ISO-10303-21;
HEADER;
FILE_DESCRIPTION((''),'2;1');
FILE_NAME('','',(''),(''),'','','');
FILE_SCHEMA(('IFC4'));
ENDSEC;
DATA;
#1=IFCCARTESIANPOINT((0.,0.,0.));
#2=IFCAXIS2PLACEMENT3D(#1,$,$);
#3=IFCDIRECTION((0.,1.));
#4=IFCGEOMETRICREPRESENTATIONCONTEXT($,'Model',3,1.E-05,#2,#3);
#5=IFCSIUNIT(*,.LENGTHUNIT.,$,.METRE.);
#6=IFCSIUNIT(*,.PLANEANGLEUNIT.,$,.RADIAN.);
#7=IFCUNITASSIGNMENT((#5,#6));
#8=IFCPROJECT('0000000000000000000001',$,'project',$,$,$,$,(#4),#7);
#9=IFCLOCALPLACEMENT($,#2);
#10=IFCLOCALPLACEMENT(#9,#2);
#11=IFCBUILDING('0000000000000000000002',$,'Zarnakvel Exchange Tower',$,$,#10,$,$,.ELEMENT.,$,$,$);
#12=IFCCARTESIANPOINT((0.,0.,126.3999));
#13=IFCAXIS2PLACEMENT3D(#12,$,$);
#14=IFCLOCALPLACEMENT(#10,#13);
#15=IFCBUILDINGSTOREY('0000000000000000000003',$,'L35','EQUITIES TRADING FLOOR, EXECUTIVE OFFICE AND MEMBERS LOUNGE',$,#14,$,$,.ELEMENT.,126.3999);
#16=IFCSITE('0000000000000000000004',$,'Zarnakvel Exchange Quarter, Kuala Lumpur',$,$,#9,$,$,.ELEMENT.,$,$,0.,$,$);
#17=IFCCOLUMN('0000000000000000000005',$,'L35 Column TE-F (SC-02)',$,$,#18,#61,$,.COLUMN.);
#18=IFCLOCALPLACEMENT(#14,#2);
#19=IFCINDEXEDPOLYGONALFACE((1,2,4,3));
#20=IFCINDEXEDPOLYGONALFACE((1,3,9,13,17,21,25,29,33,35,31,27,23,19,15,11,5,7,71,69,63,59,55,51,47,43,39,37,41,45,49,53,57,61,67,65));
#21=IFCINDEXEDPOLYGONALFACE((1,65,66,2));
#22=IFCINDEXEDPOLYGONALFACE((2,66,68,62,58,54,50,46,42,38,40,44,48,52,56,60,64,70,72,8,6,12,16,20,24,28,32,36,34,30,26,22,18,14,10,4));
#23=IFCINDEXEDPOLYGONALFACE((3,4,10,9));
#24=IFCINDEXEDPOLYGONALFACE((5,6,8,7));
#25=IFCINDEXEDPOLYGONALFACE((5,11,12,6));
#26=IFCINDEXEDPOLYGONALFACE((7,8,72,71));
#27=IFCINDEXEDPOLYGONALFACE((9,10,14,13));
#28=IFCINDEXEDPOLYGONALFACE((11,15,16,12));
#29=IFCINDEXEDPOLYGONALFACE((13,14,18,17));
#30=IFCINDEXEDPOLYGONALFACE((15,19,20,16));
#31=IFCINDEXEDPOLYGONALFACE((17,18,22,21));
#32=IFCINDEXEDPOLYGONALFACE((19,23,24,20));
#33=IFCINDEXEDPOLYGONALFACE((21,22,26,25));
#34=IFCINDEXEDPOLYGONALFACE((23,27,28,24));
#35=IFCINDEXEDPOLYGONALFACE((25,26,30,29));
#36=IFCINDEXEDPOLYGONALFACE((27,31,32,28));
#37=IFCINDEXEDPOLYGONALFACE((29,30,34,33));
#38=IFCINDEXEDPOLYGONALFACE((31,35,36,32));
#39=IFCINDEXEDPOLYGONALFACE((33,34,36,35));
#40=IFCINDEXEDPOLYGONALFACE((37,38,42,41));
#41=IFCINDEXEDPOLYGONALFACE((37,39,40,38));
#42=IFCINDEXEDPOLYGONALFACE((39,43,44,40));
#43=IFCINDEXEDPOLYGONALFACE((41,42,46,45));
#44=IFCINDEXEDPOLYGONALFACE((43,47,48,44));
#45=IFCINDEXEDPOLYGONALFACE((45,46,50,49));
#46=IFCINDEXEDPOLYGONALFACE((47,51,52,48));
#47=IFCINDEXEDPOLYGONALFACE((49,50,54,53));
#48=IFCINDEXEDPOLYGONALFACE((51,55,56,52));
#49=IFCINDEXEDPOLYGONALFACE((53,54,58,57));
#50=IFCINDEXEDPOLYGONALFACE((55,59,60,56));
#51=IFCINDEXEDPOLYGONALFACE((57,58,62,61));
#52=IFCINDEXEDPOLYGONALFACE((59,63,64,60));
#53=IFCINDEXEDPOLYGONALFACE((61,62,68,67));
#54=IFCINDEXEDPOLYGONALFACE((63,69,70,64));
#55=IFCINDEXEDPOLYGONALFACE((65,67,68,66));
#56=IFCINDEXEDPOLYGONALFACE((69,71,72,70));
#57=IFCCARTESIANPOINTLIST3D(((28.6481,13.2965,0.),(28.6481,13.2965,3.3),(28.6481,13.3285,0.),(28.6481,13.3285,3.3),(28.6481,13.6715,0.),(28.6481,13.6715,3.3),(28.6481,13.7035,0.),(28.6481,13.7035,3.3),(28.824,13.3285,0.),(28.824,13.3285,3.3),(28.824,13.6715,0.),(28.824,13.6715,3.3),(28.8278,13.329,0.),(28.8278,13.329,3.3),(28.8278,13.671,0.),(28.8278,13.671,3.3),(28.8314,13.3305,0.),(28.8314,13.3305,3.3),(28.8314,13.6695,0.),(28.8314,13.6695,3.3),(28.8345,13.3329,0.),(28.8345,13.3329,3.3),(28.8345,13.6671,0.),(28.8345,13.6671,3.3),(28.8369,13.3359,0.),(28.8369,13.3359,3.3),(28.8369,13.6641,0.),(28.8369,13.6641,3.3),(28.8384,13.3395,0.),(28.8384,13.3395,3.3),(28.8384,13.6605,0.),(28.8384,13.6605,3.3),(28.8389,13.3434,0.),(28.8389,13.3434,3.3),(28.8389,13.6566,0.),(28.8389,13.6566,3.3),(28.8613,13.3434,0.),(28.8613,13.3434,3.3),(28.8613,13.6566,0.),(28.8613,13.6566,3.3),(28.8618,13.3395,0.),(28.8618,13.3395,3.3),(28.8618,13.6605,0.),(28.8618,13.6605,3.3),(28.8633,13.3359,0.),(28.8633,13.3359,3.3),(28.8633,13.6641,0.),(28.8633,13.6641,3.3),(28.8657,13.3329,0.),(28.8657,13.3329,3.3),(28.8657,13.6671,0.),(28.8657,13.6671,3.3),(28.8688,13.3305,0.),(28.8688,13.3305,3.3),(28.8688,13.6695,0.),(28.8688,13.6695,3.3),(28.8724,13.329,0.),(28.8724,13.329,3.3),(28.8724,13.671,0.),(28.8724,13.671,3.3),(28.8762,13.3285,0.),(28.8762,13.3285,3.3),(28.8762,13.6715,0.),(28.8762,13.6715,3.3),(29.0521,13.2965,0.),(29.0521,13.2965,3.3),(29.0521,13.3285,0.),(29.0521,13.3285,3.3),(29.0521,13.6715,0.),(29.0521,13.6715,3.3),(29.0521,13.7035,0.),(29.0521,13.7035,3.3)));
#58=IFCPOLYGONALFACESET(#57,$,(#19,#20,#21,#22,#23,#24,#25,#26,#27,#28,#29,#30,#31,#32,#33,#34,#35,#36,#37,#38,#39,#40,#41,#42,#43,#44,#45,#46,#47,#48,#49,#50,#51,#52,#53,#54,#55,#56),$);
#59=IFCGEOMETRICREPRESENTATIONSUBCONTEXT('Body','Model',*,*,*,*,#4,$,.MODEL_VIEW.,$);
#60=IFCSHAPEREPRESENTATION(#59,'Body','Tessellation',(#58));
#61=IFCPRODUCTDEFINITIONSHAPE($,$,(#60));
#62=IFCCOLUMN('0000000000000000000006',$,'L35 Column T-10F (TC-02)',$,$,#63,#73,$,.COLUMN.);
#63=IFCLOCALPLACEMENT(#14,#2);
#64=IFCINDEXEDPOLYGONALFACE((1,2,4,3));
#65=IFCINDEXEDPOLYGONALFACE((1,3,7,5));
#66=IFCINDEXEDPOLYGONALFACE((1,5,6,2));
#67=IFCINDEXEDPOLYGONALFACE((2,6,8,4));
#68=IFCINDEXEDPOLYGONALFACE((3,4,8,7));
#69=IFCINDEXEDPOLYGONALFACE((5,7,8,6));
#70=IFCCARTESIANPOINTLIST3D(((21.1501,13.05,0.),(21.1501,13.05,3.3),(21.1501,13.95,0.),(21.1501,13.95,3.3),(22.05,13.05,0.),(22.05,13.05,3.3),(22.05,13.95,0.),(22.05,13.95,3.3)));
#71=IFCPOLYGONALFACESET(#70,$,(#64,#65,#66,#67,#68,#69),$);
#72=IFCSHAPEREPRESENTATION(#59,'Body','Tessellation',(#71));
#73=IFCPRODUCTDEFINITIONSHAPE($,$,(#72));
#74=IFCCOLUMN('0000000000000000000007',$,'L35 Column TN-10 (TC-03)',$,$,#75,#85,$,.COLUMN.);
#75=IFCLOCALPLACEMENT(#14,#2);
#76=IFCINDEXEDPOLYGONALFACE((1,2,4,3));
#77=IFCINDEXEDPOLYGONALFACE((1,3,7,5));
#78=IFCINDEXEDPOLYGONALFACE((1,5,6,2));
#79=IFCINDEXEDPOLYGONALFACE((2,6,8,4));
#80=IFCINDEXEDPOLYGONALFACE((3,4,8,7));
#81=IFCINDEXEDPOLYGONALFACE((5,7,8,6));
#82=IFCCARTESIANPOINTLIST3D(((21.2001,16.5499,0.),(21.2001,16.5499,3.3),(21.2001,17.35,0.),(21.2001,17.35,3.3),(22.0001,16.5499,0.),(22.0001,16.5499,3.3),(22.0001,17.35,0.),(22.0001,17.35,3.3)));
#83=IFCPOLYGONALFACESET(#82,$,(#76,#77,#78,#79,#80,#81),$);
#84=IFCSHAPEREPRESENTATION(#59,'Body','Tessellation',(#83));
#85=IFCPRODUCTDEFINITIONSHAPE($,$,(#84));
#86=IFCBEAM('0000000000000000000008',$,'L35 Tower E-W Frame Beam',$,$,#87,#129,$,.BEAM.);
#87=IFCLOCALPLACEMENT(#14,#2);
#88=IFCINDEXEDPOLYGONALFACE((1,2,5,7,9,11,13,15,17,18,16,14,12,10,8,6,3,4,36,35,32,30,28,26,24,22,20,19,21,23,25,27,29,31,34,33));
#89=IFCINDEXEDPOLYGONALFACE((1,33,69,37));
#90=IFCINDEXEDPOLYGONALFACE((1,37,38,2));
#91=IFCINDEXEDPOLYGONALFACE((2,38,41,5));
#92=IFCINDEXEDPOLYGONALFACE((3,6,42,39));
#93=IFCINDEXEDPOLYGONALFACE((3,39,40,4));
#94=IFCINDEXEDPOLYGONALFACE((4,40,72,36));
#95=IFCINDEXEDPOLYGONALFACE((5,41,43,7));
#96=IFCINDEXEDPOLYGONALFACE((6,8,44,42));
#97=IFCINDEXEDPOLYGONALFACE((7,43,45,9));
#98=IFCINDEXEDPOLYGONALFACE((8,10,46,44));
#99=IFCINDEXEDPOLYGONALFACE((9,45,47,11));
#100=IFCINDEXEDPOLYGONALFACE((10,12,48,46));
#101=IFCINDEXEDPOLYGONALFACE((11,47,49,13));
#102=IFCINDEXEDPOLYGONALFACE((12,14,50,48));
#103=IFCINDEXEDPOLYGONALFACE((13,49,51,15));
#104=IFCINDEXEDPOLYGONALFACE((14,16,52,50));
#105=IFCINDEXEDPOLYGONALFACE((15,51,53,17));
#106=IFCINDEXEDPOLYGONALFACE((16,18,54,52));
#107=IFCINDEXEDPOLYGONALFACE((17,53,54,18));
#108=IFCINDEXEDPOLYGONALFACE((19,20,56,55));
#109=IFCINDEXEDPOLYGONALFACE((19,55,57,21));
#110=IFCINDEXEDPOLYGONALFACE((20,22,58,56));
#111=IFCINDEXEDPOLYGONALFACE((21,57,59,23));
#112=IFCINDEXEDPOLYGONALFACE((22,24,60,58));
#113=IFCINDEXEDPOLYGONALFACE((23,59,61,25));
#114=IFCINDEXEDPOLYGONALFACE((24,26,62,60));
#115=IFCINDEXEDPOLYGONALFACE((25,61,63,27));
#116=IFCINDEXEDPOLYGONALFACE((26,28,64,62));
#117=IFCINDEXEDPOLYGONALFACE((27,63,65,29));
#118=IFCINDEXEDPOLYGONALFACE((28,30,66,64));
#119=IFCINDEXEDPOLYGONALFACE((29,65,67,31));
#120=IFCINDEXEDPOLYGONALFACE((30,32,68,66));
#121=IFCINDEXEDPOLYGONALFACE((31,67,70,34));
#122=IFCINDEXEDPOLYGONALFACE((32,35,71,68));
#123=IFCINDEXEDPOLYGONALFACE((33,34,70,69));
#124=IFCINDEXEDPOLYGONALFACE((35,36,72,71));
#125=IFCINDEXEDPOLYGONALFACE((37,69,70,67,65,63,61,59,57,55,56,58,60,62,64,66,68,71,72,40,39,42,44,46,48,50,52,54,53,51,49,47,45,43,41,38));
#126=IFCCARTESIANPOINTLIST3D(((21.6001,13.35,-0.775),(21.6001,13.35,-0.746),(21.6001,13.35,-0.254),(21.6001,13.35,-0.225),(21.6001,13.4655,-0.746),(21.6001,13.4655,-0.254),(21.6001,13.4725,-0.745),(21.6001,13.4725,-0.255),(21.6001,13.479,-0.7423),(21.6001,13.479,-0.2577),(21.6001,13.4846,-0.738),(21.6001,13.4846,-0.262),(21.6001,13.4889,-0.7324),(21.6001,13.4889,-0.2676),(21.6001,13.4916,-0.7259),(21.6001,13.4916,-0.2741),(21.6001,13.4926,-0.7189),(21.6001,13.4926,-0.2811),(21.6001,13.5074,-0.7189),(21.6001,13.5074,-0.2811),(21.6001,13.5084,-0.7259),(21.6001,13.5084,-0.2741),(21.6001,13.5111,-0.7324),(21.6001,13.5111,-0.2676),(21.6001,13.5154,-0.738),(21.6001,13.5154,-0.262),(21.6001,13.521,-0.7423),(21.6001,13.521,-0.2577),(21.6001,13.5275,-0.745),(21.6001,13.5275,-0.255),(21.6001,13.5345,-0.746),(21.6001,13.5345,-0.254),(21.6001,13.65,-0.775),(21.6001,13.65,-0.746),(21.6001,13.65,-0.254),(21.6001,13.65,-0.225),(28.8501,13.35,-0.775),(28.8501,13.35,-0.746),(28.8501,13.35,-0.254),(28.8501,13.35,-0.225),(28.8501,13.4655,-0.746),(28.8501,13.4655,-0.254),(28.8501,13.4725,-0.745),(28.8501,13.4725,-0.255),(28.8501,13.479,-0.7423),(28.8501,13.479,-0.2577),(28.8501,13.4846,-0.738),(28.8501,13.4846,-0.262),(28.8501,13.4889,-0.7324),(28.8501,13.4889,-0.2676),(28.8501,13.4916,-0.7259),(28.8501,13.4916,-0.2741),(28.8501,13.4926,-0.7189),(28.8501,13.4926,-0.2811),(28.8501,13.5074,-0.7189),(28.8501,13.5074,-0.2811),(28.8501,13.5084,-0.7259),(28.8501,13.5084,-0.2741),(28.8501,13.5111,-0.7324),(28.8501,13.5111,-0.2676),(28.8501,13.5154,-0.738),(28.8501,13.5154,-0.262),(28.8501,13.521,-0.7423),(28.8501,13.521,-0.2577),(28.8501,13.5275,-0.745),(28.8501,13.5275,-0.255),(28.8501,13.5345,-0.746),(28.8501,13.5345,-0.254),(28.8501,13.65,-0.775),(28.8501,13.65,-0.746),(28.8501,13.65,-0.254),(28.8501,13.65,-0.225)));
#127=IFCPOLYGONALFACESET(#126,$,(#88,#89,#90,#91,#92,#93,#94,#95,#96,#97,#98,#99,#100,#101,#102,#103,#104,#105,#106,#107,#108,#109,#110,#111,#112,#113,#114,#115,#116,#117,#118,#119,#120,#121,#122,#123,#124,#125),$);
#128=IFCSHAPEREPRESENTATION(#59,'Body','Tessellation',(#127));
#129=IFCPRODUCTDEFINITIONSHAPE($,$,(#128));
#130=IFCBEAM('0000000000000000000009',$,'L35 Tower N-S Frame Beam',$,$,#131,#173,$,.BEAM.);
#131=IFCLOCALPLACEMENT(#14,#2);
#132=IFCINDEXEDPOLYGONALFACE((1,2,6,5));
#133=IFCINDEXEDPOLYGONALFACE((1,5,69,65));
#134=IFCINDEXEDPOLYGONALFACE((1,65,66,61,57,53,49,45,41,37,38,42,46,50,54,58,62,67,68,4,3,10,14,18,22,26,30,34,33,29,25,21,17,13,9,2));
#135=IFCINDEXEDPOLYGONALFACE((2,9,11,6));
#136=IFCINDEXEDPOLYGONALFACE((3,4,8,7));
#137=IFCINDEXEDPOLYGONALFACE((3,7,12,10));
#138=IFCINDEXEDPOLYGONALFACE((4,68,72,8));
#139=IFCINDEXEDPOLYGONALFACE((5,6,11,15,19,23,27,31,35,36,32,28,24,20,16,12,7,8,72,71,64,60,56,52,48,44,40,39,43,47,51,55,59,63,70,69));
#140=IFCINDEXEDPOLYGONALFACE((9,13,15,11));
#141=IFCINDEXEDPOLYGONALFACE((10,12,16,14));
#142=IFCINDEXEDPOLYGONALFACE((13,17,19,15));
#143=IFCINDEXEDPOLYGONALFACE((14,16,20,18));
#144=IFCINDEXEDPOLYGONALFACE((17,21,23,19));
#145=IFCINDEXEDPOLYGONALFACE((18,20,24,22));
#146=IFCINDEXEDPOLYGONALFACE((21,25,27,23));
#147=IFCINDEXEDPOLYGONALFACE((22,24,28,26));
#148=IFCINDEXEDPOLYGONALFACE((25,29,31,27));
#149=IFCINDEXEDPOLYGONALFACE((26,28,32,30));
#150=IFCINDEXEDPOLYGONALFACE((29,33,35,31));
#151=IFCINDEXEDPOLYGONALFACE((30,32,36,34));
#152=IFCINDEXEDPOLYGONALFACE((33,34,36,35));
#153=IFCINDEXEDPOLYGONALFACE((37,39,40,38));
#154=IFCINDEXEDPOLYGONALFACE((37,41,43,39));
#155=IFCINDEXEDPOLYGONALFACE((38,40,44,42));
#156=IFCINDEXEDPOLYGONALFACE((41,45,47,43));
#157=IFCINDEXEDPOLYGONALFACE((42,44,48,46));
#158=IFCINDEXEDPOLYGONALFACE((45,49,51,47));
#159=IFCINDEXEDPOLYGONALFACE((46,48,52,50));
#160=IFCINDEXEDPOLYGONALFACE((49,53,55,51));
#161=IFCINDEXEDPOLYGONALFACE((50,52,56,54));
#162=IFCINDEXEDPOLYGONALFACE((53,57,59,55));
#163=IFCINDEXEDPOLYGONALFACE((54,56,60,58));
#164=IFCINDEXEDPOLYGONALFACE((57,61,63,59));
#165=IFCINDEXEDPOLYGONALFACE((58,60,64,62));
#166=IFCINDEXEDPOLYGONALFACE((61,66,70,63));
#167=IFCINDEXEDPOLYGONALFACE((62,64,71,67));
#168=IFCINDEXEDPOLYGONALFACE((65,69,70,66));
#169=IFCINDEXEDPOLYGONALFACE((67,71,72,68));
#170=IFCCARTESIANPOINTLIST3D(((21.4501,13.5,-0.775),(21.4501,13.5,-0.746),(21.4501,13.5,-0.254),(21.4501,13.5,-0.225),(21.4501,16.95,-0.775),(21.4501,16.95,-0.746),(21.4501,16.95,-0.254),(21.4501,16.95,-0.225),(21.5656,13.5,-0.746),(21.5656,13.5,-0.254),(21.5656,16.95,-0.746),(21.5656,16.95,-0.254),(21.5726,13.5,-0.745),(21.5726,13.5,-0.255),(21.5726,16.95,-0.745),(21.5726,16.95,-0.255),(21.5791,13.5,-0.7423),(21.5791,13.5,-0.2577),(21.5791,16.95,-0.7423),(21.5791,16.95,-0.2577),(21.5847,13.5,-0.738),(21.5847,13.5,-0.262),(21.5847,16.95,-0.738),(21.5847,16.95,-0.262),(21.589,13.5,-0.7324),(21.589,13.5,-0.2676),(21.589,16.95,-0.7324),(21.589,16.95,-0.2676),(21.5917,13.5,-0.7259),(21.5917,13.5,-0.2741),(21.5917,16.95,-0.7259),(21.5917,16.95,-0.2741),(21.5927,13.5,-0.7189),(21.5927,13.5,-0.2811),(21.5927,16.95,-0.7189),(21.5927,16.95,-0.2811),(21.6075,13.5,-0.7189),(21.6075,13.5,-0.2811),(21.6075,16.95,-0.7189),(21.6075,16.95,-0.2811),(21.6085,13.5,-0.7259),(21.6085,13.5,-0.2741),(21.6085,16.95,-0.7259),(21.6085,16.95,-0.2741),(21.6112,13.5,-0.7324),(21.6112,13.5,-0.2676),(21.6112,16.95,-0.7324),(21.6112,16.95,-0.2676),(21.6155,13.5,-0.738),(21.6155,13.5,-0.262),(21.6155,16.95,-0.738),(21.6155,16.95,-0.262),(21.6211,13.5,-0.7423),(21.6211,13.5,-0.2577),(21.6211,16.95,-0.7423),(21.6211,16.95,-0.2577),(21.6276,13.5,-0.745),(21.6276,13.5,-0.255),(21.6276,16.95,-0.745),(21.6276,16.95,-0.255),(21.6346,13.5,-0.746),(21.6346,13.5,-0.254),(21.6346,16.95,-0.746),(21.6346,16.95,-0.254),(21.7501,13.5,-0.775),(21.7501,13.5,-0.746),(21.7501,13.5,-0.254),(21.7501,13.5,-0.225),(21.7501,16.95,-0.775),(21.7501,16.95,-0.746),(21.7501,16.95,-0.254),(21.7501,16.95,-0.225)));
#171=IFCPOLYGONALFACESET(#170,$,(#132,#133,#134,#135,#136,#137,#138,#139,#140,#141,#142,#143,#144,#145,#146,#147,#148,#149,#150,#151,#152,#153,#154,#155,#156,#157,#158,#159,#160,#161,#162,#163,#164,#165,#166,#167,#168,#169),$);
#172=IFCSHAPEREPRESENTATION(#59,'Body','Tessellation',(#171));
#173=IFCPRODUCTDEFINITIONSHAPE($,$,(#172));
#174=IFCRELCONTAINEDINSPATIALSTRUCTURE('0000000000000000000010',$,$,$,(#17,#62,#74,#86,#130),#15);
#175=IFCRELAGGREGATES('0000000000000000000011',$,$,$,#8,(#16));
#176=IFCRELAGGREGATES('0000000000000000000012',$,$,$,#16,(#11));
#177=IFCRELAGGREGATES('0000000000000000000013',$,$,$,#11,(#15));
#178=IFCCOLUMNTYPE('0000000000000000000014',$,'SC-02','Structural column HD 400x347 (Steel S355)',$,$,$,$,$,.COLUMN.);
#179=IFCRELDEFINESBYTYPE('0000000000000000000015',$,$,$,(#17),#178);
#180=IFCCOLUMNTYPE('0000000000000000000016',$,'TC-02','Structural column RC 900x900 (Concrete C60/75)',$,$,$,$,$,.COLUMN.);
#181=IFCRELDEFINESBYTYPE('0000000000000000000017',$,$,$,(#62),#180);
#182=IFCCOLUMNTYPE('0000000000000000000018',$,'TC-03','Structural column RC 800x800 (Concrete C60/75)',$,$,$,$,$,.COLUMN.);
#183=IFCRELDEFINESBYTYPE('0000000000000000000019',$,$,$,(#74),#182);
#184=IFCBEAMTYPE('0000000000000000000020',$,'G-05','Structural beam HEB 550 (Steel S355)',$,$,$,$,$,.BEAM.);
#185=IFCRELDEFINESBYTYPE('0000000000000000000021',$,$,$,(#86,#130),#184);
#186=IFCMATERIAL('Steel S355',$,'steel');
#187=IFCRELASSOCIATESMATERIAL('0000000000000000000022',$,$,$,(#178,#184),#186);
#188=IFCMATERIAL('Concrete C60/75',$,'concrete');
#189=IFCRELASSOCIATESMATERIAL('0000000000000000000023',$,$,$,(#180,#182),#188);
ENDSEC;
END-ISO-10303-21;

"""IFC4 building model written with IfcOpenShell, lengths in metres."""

from ifc_helpers import new_model, si_unit, direction, frame, origin, origin_2d, place, context, subcontext, project, spatial, rectangle, i_section, extrude, material, material_profile, profile_set, type_object, element, save


model = new_model("IFC4")

# Units and contexts
model_context = context("Model", 3, precision=1e-05, world=origin(), true_north=direction((0.0, 1.0)))
body_context = subcontext(model_context, "Body", "Model", "MODEL_VIEW")
ifc_project = project(units=[si_unit("LENGTHUNIT", "METRE"), si_unit("PLANEANGLEUNIT", "RADIAN")], contexts=[model_context])

# Site, building, storey
site_placement = place(None, origin())
site = spatial("IfcSite", under=ifc_project, at=site_placement, Name="Zarnakvel Exchange Quarter, Kuala Lumpur", CompositionType="ELEMENT", RefElevation=0.0)
building_placement = place(site_placement, origin())
building = spatial("IfcBuilding", under=site, at=building_placement, Name="Zarnakvel Exchange Tower", CompositionType="ELEMENT")
storey_placement = place(building_placement, frame((0.0, 0.0, 126.3999)))
storey = spatial("IfcBuildingStorey", under=building, at=storey_placement, Name="L35", Description="EQUITIES TRADING FLOOR, EXECUTIVE OFFICE AND MEMBERS LOUNGE", CompositionType="ELEMENT", Elevation=126.3999)

# Columns
ifc_material_1 = material(Name="Steel S355", Category="steel")
ifc_material_profile_1 = material_profile(ifc_material_1, i_section(OverallWidth=0.4041, OverallDepth=0.407, WebThickness=0.0225, FlangeThickness=0.032, FilletRadius=0.0149, at=origin_2d()))
ifc_profile_set_1 = profile_set([ifc_material_profile_1], Name="Steel S355")
column_type_1 = type_object("IfcColumnType", Name="SC-02", Description="Structural column HD 400x347 (Steel S355)", PredefinedType="COLUMN", material=ifc_profile_set_1)
column_1_placement = place(storey_placement, frame((28.8501, 13.5, 0.0), z_axis=(0.0, 0.0, 1.0), x_axis=(1.0, 0.0, 0.0)))
element("IfcColumn", 1, at=column_1_placement, inside=storey, type_object=column_type_1, Name="L35 Column TE-F (SC-02)", PredefinedType="COLUMN", context=body_context, shape_type="SweptSolid", body=[
    extrude(i_section(OverallWidth=0.4041, OverallDepth=0.407, WebThickness=0.0225, FlangeThickness=0.032, FilletRadius=0.0149, at=origin_2d()), origin(), (0.0, 0.0, 1.0), 3.3),
])
ifc_material_2 = material(Name="Concrete C60/75", Category="concrete")
ifc_material_profile_2 = material_profile(ifc_material_2, rectangle(XDim=0.8999, YDim=0.8999, at=origin_2d()))
ifc_profile_set_2 = profile_set([ifc_material_profile_2], Name="Concrete C60/75")
column_type_2 = type_object("IfcColumnType", Name="TC-02", Description="Structural column RC 900x900 (Concrete C60/75)", PredefinedType="COLUMN", material=ifc_profile_set_2)
column_2_placement = place(storey_placement, frame((21.6001, 13.5, 0.0), z_axis=(0.0, 0.0, 1.0), x_axis=(1.0, 0.0, 0.0)))
element("IfcColumn", 2, at=column_2_placement, inside=storey, type_object=column_type_2, Name="L35 Column T-10F (TC-02)", PredefinedType="COLUMN", context=body_context, shape_type="SweptSolid", body=[
    extrude(rectangle(XDim=0.8999, YDim=0.8999, at=origin_2d()), origin(), (0.0, 0.0, 1.0), 3.3),
])
ifc_material_profile_3 = material_profile(ifc_material_2, rectangle(XDim=0.8, YDim=0.8, at=origin_2d()))
ifc_profile_set_3 = profile_set([ifc_material_profile_3], Name="Concrete C60/75")
column_type_3 = type_object("IfcColumnType", Name="TC-03", Description="Structural column RC 800x800 (Concrete C60/75)", PredefinedType="COLUMN", material=ifc_profile_set_3)
column_3_placement = place(storey_placement, frame((21.6001, 16.95, 0.0), z_axis=(0.0, 0.0, 1.0), x_axis=(1.0, 0.0, 0.0)))
element("IfcColumn", 3, at=column_3_placement, inside=storey, type_object=column_type_3, Name="L35 Column TN-10 (TC-03)", PredefinedType="COLUMN", context=body_context, shape_type="SweptSolid", body=[
    extrude(rectangle(XDim=0.8, YDim=0.8, at=origin_2d()), origin(), (0.0, 0.0, 1.0), 3.3),
])

# Beams
ifc_material_profile_4 = material_profile(ifc_material_1, i_section(OverallWidth=0.3, OverallDepth=0.55, WebThickness=0.0149, FlangeThickness=0.0291, FilletRadius=0.0271, at=origin_2d()))
ifc_profile_set_4 = profile_set([ifc_material_profile_4], Name="Steel S355")
beam_type = type_object("IfcBeamType", Name="G-05", Description="Structural beam HEB 550 (Steel S355)", PredefinedType="BEAM", material=ifc_profile_set_4)
beam_1_placement = place(storey_placement, frame((21.6001, 13.5, -0.5), z_axis=(1.0, 0.0, 0.0), x_axis=(0.0, 1.0, 0.0)))
element("IfcBeam", 4, at=beam_1_placement, inside=storey, type_object=beam_type, Name="L35 Tower E-W Frame Beam", PredefinedType="BEAM", context=body_context, shape_type="SweptSolid", body=[
    extrude(i_section(OverallWidth=0.3, OverallDepth=0.55, WebThickness=0.0149, FlangeThickness=0.0291, FilletRadius=0.0271, at=origin_2d()), origin(), (0.0, 0.0, 1.0), 7.25),
])
beam_2_placement = place(storey_placement, frame((21.6001, 13.5, -0.5), z_axis=(0.0, 1.0, 0.0), x_axis=(-1.0, 0.0, 0.0)))
element("IfcBeam", 5, at=beam_2_placement, inside=storey, type_object=beam_type, Name="L35 Tower N-S Frame Beam", PredefinedType="BEAM", context=body_context, shape_type="SweptSolid", body=[
    extrude(i_section(OverallWidth=0.3, OverallDepth=0.55, WebThickness=0.0149, FlangeThickness=0.0291, FilletRadius=0.0271, at=origin_2d()), origin(), (0.0, 0.0, 1.0), 3.45),
])

save(model, "model.ifc")
